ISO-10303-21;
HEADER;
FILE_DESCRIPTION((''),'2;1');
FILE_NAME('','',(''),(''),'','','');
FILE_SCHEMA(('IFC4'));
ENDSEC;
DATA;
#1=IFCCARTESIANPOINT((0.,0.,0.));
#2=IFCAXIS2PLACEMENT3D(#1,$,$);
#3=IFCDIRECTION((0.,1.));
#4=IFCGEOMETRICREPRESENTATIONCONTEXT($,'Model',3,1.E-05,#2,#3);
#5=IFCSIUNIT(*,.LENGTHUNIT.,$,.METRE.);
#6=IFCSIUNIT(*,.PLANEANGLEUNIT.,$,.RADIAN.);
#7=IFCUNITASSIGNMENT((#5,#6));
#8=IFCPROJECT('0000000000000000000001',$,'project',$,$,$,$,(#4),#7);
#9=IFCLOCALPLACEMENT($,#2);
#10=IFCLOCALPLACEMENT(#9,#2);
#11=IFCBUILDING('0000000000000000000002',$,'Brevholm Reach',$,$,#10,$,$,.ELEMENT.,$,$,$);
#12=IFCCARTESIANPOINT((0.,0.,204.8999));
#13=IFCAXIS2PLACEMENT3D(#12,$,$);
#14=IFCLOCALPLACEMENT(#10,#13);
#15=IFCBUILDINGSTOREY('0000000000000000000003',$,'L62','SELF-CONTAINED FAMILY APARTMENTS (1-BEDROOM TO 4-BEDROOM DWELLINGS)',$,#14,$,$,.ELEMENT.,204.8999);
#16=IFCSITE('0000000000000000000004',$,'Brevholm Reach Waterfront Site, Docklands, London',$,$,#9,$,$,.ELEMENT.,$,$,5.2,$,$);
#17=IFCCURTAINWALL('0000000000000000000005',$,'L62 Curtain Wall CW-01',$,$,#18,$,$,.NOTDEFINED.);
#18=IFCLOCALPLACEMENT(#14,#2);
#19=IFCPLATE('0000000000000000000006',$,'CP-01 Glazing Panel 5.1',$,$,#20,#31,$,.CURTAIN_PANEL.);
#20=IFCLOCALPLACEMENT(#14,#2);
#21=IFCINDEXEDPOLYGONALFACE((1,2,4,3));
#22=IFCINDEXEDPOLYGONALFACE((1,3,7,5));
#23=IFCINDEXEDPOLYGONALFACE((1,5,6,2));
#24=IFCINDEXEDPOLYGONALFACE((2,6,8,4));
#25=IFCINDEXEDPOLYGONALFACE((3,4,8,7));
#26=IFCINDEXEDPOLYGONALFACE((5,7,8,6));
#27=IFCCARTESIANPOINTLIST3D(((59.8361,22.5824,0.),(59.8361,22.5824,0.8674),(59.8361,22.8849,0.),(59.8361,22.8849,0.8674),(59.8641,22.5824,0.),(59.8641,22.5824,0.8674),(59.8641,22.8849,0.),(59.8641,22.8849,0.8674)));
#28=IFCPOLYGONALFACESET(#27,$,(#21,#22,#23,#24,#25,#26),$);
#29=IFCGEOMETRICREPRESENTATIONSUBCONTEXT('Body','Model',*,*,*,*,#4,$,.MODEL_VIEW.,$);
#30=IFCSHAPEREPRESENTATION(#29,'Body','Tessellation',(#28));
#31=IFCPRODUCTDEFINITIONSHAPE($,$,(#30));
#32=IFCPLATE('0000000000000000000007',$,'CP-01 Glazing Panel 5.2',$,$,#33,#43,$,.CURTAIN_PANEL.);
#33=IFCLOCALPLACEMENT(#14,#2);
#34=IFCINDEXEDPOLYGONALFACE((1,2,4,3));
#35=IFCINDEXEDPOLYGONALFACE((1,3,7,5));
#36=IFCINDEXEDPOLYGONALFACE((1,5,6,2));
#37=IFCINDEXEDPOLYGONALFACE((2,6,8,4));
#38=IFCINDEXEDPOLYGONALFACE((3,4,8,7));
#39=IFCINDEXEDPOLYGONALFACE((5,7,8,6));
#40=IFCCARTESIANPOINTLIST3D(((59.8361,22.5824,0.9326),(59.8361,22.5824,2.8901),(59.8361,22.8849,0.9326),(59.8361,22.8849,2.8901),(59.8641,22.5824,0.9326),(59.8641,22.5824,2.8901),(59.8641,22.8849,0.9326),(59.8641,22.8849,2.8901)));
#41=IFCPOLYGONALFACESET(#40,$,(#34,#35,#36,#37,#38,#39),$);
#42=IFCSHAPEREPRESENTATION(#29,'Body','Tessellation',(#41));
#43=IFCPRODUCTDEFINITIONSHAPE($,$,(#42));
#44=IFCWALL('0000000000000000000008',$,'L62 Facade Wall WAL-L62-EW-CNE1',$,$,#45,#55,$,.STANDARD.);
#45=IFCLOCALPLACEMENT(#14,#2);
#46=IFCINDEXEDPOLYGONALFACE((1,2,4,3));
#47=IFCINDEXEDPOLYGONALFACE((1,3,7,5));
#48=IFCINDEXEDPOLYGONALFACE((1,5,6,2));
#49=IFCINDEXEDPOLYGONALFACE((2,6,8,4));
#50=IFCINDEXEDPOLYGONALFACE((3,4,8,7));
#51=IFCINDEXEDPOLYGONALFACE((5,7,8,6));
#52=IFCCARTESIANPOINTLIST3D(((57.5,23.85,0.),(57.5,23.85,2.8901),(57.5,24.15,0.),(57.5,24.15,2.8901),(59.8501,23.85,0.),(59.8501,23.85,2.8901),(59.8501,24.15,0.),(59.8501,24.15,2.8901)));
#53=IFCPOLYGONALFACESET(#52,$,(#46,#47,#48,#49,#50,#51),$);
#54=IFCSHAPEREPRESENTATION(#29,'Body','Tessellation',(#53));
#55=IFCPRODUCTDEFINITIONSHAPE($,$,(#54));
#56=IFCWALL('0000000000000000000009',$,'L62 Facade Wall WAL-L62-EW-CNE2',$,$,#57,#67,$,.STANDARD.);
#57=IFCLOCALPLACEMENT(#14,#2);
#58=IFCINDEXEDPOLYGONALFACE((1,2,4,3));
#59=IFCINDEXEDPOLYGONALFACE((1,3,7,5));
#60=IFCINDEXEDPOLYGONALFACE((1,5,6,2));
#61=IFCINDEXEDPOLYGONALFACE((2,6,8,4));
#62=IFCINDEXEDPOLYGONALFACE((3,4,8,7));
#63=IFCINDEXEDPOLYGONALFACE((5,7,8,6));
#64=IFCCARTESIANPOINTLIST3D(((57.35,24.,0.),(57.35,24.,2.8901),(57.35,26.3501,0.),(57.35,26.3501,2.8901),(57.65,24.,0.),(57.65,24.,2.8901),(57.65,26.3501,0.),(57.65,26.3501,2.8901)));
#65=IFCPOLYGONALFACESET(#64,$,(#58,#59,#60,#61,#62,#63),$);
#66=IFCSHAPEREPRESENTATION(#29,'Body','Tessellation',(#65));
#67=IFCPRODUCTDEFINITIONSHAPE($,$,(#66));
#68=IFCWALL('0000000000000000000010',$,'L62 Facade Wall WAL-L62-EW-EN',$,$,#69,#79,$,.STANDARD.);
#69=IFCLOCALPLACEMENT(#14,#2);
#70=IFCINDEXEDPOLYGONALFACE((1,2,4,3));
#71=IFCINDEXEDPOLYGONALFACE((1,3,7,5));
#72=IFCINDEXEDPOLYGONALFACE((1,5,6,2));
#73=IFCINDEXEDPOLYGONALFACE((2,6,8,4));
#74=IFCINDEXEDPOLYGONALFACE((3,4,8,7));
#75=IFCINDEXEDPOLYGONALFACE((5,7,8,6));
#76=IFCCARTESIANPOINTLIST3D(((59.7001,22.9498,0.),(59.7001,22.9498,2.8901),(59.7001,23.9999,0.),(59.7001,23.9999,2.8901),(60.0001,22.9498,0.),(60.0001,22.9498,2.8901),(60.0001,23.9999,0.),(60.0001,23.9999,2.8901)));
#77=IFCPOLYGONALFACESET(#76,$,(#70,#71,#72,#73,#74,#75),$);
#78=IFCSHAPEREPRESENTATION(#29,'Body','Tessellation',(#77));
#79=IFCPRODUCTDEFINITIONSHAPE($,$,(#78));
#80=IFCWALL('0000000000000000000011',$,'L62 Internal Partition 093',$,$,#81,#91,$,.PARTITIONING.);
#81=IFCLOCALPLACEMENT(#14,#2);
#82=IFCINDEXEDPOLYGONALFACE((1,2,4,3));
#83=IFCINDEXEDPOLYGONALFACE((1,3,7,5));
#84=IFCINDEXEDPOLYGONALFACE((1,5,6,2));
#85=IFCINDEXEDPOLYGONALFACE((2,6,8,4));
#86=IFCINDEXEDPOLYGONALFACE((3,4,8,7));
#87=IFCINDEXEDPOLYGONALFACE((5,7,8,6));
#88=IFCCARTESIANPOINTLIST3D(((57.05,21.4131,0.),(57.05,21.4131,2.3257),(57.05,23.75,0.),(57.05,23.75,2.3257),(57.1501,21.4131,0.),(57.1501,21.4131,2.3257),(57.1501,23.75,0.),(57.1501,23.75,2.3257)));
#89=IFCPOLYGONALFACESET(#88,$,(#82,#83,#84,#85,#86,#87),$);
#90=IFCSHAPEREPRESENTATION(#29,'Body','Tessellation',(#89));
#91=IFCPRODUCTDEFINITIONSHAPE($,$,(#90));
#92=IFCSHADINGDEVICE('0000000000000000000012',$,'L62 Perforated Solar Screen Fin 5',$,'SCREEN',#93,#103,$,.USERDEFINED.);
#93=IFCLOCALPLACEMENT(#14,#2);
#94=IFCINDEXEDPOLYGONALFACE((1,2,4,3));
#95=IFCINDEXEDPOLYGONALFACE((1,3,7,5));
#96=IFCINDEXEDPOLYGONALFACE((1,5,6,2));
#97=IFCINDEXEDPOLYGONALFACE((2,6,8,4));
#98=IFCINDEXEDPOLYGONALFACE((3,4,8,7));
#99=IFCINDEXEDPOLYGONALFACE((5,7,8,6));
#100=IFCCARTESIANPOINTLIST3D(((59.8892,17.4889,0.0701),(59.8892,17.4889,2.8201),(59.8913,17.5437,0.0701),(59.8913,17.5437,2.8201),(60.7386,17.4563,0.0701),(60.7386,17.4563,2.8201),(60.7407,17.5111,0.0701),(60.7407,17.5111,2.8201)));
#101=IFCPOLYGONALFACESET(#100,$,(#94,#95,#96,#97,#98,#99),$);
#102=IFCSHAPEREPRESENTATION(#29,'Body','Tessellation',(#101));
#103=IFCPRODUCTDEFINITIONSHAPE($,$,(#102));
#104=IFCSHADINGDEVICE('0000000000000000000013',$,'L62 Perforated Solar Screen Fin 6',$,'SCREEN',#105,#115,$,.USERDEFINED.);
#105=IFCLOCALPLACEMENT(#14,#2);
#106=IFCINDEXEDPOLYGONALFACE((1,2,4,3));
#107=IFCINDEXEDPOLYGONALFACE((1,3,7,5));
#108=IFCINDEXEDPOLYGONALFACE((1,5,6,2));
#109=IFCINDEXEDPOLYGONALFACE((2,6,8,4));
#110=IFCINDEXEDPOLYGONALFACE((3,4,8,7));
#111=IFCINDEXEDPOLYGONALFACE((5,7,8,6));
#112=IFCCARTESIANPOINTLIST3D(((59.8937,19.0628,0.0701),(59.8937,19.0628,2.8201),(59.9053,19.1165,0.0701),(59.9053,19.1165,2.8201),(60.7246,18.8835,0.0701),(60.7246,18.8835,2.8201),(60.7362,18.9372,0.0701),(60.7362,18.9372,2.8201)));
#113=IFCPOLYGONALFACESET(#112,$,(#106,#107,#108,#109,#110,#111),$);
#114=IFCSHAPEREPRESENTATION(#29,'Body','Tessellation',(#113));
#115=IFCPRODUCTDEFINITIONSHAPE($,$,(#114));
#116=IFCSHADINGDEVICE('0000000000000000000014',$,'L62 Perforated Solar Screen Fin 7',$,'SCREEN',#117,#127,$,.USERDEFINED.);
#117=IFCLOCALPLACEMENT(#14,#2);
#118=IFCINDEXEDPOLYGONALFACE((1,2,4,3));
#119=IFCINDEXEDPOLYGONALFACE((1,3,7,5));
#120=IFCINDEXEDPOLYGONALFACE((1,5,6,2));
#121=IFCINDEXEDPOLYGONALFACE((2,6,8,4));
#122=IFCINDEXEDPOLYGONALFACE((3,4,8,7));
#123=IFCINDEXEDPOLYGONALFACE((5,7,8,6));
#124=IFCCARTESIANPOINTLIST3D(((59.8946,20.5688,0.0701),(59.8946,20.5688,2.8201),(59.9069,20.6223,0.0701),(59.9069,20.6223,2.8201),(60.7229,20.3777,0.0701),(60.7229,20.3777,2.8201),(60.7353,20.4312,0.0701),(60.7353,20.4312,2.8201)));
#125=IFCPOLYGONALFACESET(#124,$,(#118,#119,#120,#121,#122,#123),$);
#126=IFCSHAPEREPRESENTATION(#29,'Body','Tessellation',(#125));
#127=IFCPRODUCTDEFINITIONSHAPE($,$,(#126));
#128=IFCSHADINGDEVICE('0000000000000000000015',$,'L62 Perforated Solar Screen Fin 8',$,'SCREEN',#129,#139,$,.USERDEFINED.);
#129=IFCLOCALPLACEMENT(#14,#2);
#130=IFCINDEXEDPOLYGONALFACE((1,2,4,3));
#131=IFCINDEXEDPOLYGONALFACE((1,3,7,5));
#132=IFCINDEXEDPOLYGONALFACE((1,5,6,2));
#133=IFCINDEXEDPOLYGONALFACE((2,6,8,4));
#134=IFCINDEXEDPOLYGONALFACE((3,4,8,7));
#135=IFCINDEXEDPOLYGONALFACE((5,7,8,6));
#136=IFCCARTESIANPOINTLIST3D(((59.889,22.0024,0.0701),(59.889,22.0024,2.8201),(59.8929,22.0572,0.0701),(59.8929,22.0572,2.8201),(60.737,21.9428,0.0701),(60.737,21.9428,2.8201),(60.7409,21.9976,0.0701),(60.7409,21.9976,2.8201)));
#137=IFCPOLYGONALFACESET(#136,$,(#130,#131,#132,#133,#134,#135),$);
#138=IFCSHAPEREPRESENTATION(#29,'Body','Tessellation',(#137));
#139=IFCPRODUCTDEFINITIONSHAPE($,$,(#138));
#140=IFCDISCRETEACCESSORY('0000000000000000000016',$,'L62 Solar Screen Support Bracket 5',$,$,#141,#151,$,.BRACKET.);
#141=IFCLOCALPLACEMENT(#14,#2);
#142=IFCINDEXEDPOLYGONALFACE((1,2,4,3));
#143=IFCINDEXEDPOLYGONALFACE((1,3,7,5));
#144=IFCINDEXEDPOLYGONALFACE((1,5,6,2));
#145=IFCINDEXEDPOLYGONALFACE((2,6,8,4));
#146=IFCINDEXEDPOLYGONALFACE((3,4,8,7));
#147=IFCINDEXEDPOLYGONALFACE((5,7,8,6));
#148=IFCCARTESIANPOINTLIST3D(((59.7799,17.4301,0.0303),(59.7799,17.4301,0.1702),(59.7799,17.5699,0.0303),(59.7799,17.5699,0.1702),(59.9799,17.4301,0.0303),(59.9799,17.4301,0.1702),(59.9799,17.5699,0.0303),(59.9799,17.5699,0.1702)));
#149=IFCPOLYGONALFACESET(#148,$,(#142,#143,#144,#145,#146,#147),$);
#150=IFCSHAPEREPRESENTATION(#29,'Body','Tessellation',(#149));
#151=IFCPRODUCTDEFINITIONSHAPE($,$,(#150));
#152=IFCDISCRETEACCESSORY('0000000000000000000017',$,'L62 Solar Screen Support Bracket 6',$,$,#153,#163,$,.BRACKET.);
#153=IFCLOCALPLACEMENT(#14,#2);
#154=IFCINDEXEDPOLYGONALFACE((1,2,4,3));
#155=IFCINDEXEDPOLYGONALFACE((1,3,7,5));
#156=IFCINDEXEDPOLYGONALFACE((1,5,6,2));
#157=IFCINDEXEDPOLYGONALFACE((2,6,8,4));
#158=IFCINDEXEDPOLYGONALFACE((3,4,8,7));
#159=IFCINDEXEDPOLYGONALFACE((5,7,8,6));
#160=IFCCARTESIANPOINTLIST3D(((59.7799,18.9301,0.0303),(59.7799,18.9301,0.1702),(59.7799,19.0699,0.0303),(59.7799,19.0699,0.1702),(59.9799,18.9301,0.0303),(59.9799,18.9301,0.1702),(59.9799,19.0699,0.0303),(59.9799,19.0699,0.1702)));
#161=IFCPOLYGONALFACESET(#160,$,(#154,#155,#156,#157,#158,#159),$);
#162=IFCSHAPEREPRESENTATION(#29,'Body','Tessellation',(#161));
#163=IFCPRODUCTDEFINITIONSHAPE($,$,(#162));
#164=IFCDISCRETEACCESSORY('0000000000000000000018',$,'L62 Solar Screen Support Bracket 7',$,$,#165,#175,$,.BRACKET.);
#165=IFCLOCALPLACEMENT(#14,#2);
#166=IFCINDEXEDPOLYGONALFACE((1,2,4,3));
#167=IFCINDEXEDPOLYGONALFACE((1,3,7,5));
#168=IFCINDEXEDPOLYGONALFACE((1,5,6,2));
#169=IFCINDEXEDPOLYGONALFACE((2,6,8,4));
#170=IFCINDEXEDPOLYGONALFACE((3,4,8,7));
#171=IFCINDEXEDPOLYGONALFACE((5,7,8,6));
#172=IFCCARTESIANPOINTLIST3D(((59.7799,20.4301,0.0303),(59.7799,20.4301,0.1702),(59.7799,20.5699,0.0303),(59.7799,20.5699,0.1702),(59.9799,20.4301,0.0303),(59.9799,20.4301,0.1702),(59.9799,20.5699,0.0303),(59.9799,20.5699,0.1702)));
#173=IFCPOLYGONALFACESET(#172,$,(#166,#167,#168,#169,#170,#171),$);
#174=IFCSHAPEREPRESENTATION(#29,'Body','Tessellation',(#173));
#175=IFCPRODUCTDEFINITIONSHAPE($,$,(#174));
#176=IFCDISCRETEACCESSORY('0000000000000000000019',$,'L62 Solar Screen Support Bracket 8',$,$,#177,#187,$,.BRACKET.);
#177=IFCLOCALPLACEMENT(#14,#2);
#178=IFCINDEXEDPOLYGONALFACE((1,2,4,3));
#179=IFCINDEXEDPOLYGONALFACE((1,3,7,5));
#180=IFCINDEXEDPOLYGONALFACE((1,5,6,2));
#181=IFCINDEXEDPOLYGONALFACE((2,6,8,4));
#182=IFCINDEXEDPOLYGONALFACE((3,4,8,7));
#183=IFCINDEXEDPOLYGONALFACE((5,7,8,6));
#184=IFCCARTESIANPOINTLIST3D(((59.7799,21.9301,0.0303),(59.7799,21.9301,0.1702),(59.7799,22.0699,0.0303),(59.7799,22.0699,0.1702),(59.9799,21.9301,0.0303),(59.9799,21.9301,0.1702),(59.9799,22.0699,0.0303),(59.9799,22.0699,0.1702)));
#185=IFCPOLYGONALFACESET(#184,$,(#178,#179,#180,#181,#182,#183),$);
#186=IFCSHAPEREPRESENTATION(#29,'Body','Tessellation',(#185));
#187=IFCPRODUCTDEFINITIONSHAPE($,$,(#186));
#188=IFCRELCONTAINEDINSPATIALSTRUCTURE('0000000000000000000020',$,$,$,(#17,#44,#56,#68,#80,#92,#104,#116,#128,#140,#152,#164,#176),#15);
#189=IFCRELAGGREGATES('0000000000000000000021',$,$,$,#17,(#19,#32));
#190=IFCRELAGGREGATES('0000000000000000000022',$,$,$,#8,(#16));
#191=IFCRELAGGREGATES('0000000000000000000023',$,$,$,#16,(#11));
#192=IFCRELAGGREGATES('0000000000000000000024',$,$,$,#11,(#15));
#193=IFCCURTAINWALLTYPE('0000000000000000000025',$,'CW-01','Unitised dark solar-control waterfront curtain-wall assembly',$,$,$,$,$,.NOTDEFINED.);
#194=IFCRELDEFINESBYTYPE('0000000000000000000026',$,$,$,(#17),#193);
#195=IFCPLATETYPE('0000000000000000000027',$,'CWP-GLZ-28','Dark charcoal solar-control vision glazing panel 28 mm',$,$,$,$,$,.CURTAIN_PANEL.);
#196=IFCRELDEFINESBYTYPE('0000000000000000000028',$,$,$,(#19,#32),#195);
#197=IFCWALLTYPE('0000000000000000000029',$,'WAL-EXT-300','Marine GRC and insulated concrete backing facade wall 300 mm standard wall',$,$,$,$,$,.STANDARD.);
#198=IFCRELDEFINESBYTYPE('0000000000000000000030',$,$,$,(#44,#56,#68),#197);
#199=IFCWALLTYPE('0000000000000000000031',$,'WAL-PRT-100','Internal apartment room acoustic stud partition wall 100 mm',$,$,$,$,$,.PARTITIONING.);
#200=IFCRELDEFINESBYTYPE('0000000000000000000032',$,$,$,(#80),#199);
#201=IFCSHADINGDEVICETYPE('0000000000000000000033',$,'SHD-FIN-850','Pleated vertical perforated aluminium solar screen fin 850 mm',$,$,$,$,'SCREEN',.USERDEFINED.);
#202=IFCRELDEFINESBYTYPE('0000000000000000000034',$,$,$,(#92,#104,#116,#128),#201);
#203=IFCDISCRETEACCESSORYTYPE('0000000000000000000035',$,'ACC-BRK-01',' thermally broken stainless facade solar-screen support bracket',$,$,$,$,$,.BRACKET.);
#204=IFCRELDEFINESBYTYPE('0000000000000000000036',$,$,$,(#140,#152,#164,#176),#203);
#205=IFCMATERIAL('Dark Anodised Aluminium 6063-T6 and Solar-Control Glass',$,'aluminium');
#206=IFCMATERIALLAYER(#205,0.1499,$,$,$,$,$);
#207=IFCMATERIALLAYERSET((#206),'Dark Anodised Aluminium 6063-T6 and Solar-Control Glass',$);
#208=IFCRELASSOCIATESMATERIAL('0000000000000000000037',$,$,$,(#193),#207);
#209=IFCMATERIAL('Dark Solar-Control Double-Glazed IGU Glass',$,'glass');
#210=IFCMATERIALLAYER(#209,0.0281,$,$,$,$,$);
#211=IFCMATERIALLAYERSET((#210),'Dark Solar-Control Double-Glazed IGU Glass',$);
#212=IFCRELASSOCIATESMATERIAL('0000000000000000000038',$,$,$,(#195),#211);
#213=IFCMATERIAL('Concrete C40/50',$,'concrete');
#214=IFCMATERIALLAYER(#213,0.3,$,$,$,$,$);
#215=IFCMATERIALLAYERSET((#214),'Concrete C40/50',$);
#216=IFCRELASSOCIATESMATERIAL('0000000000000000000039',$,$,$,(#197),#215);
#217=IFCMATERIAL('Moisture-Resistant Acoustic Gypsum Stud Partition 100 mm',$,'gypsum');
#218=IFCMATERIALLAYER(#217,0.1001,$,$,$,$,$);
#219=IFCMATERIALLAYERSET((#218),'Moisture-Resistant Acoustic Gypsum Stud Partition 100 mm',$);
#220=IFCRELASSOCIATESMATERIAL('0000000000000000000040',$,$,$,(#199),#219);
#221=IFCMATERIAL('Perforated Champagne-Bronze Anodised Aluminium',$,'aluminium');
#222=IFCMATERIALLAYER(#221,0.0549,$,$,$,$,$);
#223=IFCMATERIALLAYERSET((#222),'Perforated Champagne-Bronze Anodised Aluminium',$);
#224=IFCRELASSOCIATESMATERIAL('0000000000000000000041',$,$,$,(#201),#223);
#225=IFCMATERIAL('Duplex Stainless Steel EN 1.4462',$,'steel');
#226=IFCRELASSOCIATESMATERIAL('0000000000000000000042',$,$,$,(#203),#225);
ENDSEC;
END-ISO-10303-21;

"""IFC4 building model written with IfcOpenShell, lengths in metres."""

from ifc_helpers import new_model, si_unit, direction, frame, frame_2d, origin, origin_2d, place, context, subcontext, project, spatial, rectangle, extrude, material, layer, layer_set, type_object, element, aggregate, save


model = new_model("IFC4")

# Units and contexts
model_context = context("Model", 3, precision=1e-05, world=origin(), true_north=direction((0.0, 1.0)))
body_context = subcontext(model_context, "Body", "Model", "MODEL_VIEW")
ifc_project = project(units=[si_unit("LENGTHUNIT", "METRE"), si_unit("PLANEANGLEUNIT", "RADIAN")], contexts=[model_context])

# Site, building, storey
site_placement = place(None, origin())
site = spatial("IfcSite", under=ifc_project, at=site_placement, Name="Brevholm Reach Waterfront Site, Docklands, London", CompositionType="ELEMENT", RefElevation=5.2)
building_placement = place(site_placement, origin())
building = spatial("IfcBuilding", under=site, at=building_placement, Name="Brevholm Reach", CompositionType="ELEMENT")
storey_placement = place(building_placement, frame((0.0, 0.0, 204.8999)))
storey = spatial("IfcBuildingStorey", under=building, at=storey_placement, Name="L62", Description="SELF-CONTAINED FAMILY APARTMENTS (1-BEDROOM TO 4-BEDROOM DWELLINGS)", CompositionType="ELEMENT", Elevation=204.8999)

# Curtain wall, plates
ifc_material_1 = material(Name="Dark Anodised Aluminium 6063-T6 and Solar-Control Glass", Category="aluminium")
ifc_layer_1 = layer(ifc_material_1, 0.1499)
ifc_layer_set_1 = layer_set([ifc_layer_1], Name="Dark Anodised Aluminium 6063-T6 and Solar-Control Glass")
curtain_wall_type = type_object("IfcCurtainWallType", Name="CW-01", Description="Unitised dark solar-control waterfront curtain-wall assembly", PredefinedType="NOTDEFINED", material=ifc_layer_set_1)
curtain_wall_placement = place(storey_placement, origin())
curtain_wall = element("IfcCurtainWall", 1, at=curtain_wall_placement, inside=storey, type_object=curtain_wall_type, Name="L62 Curtain Wall CW-01", PredefinedType="NOTDEFINED")
ifc_material_2 = material(Name="Dark Solar-Control Double-Glazed IGU Glass", Category="glass")
ifc_layer_2 = layer(ifc_material_2, 0.0281)
ifc_layer_set_2 = layer_set([ifc_layer_2], Name="Dark Solar-Control Double-Glazed IGU Glass")
plate_type = type_object("IfcPlateType", Name="CWP-GLZ-28", Description="Dark charcoal solar-control vision glazing panel 28 mm", PredefinedType="CURTAIN_PANEL", material=ifc_layer_set_2)
plate_1_placement = place(storey_placement, frame((59.8501, 22.7336, 0.0), z_axis=(0.0, 0.0, 1.0), x_axis=(0.0, 1.0, 0.0)))
plate_1 = element("IfcPlate", 2, at=plate_1_placement, type_object=plate_type, Name="CP-01 Glazing Panel 5.1", PredefinedType="CURTAIN_PANEL", context=body_context, shape_type="SweptSolid", body=[
    extrude(rectangle(XDim=0.3025, YDim=0.0281, at=origin_2d()), origin(), (0.0, 0.0, 1.0), 0.8674),
])
plate_2_placement = place(storey_placement, frame((59.8501, 22.7336, 0.9326), z_axis=(0.0, 0.0, 1.0), x_axis=(0.0, 1.0, 0.0)))
plate_2 = element("IfcPlate", 3, at=plate_2_placement, type_object=plate_type, Name="CP-01 Glazing Panel 5.2", PredefinedType="CURTAIN_PANEL", context=body_context, shape_type="SweptSolid", body=[
    extrude(rectangle(XDim=0.3025, YDim=0.0281, at=origin_2d()), origin(), (0.0, 0.0, 1.0), 1.9575),
])
aggregate(curtain_wall, [plate_1, plate_2])

# Walls
ifc_material_3 = material(Name="Concrete C40/50", Category="concrete")
ifc_layer_3 = layer(ifc_material_3, 0.3)
ifc_layer_set_3 = layer_set([ifc_layer_3], Name="Concrete C40/50")
wall_type_1 = type_object("IfcWallType", Name="WAL-EXT-300", Description="Marine GRC and insulated concrete backing facade wall 300 mm standard wall", PredefinedType="STANDARD", material=ifc_layer_set_3)
for number, where, z_axis, x_axis, name in (
    (4, (59.8501, 24.0, 0.0), (0.0, 0.0, 1.0), (-1.0, 0.0, 0.0), "L62 Facade Wall WAL-L62-EW-CNE1"),
    (5, (57.5, 24.0, 0.0), (0.0, 0.0, 1.0), (0.0, 1.0, 0.0), "L62 Facade Wall WAL-L62-EW-CNE2"),
):
    element("IfcWall", number, at=place(storey_placement, frame(where, z_axis=z_axis, x_axis=x_axis)), inside=storey, type_object=wall_type_1, Name=name, PredefinedType="STANDARD", context=body_context, shape_type="SweptSolid", body=[
        extrude(rectangle(XDim=2.3501, YDim=0.3, at=frame_2d((1.175, 0.0))), origin(), (0.0, 0.0, 1.0), 2.8901),
    ])
wall_1_placement = place(storey_placement, frame((59.8501, 22.95, 0.0), z_axis=(0.0, 0.0, 1.0), x_axis=(0.0, 1.0, 0.0)))
element("IfcWall", 6, at=wall_1_placement, inside=storey, type_object=wall_type_1, Name="L62 Facade Wall WAL-L62-EW-EN", PredefinedType="STANDARD", context=body_context, shape_type="SweptSolid", body=[
    extrude(rectangle(XDim=1.05, YDim=0.3, at=frame_2d((0.5249, 0.0))), origin(), (0.0, 0.0, 1.0), 2.8901),
])
ifc_material_4 = material(Name="Moisture-Resistant Acoustic Gypsum Stud Partition 100 mm", Category="gypsum")
ifc_layer_4 = layer(ifc_material_4, 0.1001)
ifc_layer_set_4 = layer_set([ifc_layer_4], Name="Moisture-Resistant Acoustic Gypsum Stud Partition 100 mm")
wall_type_2 = type_object("IfcWallType", Name="WAL-PRT-100", Description="Internal apartment room acoustic stud partition wall 100 mm", PredefinedType="PARTITIONING", material=ifc_layer_set_4)
wall_2_placement = place(storey_placement, frame((57.1001, 21.4131, 0.0), z_axis=(0.0, 0.0, 1.0), x_axis=(0.0, 1.0, 0.0)))
element("IfcWall", 7, at=wall_2_placement, inside=storey, type_object=wall_type_2, Name="L62 Internal Partition 093", PredefinedType="PARTITIONING", context=body_context, shape_type="SweptSolid", body=[
    extrude(rectangle(XDim=2.3369, YDim=0.1001, at=frame_2d((1.1685, 0.0))), origin(), (0.0, 0.0, 1.0), 2.3257),
])

# Shading devices
ifc_material_5 = material(Name="Perforated Champagne-Bronze Anodised Aluminium", Category="aluminium")
ifc_layer_5 = layer(ifc_material_5, 0.0549)
ifc_layer_set_5 = layer_set([ifc_layer_5], Name="Perforated Champagne-Bronze Anodised Aluminium")
shading_device_type = type_object("IfcShadingDeviceType", Name="SHD-FIN-850", Description="Pleated vertical perforated aluminium solar screen fin 850 mm", ElementType="SCREEN", PredefinedType="USERDEFINED", material=ifc_layer_set_5)
for number, where, z_axis, x_axis, name in (
    (8, (60.3149, 17.5, 0.0701), (0.0, 0.0, 1.0), (0.999264, -0.038353, 0.0), "L62 Perforated Solar Screen Fin 5"),
    (9, (60.3149, 19.0, 0.0701), (0.0, 0.0, 1.0), (0.97749, -0.210984, 0.0), "L62 Perforated Solar Screen Fin 6"),
    (10, (60.3149, 20.5, 0.0701), (0.0, 0.0, 1.0), (0.974405, -0.224798, 0.0), "L62 Perforated Solar Screen Fin 7"),
    (11, (60.3149, 22.0, 0.0701), (0.0, 0.0, 1.0), (0.997541, -0.070087, 0.0), "L62 Perforated Solar Screen Fin 8"),
):
    element("IfcShadingDevice", number, at=place(storey_placement, frame(where, z_axis=z_axis, x_axis=x_axis)), inside=storey, type_object=shading_device_type, Name=name, ObjectType="SCREEN", PredefinedType="USERDEFINED", context=body_context, shape_type="SweptSolid", body=[
        extrude(rectangle(XDim=0.8501, YDim=0.0549, at=origin_2d()), origin(), (0.0, 0.0, 1.0), 2.75),
    ])

# Discrete accessories
ifc_material_6 = material(Name="Duplex Stainless Steel EN 1.4462", Category="steel")
discrete_accessory_type = type_object("IfcDiscreteAccessoryType", Name="ACC-BRK-01", Description=" thermally broken stainless facade solar-screen support bracket", PredefinedType="BRACKET", material=ifc_material_6)
for number, where, z_axis, x_axis, name in (
    (12, (59.8799, 17.5, 0.0303), (0.0, 0.0, 1.0), (1.0, 0.0, 0.0), "L62 Solar Screen Support Bracket 5"),
    (13, (59.8799, 19.0, 0.0303), (0.0, 0.0, 1.0), (1.0, 0.0, 0.0), "L62 Solar Screen Support Bracket 6"),
    (14, (59.8799, 20.5, 0.0303), (0.0, 0.0, 1.0), (1.0, 0.0, 0.0), "L62 Solar Screen Support Bracket 7"),
    (15, (59.8799, 22.0, 0.0303), (0.0, 0.0, 1.0), (1.0, 0.0, 0.0), "L62 Solar Screen Support Bracket 8"),
):
    element("IfcDiscreteAccessory", number, at=place(storey_placement, frame(where, z_axis=z_axis, x_axis=x_axis)), inside=storey, type_object=discrete_accessory_type, Name=name, PredefinedType="BRACKET", context=body_context, shape_type="SweptSolid", body=[
        extrude(rectangle(XDim=0.2, YDim=0.1399, at=origin_2d()), origin(), (0.0, 0.0, 1.0), 0.1399),
    ])

save(model, "model.ifc")
